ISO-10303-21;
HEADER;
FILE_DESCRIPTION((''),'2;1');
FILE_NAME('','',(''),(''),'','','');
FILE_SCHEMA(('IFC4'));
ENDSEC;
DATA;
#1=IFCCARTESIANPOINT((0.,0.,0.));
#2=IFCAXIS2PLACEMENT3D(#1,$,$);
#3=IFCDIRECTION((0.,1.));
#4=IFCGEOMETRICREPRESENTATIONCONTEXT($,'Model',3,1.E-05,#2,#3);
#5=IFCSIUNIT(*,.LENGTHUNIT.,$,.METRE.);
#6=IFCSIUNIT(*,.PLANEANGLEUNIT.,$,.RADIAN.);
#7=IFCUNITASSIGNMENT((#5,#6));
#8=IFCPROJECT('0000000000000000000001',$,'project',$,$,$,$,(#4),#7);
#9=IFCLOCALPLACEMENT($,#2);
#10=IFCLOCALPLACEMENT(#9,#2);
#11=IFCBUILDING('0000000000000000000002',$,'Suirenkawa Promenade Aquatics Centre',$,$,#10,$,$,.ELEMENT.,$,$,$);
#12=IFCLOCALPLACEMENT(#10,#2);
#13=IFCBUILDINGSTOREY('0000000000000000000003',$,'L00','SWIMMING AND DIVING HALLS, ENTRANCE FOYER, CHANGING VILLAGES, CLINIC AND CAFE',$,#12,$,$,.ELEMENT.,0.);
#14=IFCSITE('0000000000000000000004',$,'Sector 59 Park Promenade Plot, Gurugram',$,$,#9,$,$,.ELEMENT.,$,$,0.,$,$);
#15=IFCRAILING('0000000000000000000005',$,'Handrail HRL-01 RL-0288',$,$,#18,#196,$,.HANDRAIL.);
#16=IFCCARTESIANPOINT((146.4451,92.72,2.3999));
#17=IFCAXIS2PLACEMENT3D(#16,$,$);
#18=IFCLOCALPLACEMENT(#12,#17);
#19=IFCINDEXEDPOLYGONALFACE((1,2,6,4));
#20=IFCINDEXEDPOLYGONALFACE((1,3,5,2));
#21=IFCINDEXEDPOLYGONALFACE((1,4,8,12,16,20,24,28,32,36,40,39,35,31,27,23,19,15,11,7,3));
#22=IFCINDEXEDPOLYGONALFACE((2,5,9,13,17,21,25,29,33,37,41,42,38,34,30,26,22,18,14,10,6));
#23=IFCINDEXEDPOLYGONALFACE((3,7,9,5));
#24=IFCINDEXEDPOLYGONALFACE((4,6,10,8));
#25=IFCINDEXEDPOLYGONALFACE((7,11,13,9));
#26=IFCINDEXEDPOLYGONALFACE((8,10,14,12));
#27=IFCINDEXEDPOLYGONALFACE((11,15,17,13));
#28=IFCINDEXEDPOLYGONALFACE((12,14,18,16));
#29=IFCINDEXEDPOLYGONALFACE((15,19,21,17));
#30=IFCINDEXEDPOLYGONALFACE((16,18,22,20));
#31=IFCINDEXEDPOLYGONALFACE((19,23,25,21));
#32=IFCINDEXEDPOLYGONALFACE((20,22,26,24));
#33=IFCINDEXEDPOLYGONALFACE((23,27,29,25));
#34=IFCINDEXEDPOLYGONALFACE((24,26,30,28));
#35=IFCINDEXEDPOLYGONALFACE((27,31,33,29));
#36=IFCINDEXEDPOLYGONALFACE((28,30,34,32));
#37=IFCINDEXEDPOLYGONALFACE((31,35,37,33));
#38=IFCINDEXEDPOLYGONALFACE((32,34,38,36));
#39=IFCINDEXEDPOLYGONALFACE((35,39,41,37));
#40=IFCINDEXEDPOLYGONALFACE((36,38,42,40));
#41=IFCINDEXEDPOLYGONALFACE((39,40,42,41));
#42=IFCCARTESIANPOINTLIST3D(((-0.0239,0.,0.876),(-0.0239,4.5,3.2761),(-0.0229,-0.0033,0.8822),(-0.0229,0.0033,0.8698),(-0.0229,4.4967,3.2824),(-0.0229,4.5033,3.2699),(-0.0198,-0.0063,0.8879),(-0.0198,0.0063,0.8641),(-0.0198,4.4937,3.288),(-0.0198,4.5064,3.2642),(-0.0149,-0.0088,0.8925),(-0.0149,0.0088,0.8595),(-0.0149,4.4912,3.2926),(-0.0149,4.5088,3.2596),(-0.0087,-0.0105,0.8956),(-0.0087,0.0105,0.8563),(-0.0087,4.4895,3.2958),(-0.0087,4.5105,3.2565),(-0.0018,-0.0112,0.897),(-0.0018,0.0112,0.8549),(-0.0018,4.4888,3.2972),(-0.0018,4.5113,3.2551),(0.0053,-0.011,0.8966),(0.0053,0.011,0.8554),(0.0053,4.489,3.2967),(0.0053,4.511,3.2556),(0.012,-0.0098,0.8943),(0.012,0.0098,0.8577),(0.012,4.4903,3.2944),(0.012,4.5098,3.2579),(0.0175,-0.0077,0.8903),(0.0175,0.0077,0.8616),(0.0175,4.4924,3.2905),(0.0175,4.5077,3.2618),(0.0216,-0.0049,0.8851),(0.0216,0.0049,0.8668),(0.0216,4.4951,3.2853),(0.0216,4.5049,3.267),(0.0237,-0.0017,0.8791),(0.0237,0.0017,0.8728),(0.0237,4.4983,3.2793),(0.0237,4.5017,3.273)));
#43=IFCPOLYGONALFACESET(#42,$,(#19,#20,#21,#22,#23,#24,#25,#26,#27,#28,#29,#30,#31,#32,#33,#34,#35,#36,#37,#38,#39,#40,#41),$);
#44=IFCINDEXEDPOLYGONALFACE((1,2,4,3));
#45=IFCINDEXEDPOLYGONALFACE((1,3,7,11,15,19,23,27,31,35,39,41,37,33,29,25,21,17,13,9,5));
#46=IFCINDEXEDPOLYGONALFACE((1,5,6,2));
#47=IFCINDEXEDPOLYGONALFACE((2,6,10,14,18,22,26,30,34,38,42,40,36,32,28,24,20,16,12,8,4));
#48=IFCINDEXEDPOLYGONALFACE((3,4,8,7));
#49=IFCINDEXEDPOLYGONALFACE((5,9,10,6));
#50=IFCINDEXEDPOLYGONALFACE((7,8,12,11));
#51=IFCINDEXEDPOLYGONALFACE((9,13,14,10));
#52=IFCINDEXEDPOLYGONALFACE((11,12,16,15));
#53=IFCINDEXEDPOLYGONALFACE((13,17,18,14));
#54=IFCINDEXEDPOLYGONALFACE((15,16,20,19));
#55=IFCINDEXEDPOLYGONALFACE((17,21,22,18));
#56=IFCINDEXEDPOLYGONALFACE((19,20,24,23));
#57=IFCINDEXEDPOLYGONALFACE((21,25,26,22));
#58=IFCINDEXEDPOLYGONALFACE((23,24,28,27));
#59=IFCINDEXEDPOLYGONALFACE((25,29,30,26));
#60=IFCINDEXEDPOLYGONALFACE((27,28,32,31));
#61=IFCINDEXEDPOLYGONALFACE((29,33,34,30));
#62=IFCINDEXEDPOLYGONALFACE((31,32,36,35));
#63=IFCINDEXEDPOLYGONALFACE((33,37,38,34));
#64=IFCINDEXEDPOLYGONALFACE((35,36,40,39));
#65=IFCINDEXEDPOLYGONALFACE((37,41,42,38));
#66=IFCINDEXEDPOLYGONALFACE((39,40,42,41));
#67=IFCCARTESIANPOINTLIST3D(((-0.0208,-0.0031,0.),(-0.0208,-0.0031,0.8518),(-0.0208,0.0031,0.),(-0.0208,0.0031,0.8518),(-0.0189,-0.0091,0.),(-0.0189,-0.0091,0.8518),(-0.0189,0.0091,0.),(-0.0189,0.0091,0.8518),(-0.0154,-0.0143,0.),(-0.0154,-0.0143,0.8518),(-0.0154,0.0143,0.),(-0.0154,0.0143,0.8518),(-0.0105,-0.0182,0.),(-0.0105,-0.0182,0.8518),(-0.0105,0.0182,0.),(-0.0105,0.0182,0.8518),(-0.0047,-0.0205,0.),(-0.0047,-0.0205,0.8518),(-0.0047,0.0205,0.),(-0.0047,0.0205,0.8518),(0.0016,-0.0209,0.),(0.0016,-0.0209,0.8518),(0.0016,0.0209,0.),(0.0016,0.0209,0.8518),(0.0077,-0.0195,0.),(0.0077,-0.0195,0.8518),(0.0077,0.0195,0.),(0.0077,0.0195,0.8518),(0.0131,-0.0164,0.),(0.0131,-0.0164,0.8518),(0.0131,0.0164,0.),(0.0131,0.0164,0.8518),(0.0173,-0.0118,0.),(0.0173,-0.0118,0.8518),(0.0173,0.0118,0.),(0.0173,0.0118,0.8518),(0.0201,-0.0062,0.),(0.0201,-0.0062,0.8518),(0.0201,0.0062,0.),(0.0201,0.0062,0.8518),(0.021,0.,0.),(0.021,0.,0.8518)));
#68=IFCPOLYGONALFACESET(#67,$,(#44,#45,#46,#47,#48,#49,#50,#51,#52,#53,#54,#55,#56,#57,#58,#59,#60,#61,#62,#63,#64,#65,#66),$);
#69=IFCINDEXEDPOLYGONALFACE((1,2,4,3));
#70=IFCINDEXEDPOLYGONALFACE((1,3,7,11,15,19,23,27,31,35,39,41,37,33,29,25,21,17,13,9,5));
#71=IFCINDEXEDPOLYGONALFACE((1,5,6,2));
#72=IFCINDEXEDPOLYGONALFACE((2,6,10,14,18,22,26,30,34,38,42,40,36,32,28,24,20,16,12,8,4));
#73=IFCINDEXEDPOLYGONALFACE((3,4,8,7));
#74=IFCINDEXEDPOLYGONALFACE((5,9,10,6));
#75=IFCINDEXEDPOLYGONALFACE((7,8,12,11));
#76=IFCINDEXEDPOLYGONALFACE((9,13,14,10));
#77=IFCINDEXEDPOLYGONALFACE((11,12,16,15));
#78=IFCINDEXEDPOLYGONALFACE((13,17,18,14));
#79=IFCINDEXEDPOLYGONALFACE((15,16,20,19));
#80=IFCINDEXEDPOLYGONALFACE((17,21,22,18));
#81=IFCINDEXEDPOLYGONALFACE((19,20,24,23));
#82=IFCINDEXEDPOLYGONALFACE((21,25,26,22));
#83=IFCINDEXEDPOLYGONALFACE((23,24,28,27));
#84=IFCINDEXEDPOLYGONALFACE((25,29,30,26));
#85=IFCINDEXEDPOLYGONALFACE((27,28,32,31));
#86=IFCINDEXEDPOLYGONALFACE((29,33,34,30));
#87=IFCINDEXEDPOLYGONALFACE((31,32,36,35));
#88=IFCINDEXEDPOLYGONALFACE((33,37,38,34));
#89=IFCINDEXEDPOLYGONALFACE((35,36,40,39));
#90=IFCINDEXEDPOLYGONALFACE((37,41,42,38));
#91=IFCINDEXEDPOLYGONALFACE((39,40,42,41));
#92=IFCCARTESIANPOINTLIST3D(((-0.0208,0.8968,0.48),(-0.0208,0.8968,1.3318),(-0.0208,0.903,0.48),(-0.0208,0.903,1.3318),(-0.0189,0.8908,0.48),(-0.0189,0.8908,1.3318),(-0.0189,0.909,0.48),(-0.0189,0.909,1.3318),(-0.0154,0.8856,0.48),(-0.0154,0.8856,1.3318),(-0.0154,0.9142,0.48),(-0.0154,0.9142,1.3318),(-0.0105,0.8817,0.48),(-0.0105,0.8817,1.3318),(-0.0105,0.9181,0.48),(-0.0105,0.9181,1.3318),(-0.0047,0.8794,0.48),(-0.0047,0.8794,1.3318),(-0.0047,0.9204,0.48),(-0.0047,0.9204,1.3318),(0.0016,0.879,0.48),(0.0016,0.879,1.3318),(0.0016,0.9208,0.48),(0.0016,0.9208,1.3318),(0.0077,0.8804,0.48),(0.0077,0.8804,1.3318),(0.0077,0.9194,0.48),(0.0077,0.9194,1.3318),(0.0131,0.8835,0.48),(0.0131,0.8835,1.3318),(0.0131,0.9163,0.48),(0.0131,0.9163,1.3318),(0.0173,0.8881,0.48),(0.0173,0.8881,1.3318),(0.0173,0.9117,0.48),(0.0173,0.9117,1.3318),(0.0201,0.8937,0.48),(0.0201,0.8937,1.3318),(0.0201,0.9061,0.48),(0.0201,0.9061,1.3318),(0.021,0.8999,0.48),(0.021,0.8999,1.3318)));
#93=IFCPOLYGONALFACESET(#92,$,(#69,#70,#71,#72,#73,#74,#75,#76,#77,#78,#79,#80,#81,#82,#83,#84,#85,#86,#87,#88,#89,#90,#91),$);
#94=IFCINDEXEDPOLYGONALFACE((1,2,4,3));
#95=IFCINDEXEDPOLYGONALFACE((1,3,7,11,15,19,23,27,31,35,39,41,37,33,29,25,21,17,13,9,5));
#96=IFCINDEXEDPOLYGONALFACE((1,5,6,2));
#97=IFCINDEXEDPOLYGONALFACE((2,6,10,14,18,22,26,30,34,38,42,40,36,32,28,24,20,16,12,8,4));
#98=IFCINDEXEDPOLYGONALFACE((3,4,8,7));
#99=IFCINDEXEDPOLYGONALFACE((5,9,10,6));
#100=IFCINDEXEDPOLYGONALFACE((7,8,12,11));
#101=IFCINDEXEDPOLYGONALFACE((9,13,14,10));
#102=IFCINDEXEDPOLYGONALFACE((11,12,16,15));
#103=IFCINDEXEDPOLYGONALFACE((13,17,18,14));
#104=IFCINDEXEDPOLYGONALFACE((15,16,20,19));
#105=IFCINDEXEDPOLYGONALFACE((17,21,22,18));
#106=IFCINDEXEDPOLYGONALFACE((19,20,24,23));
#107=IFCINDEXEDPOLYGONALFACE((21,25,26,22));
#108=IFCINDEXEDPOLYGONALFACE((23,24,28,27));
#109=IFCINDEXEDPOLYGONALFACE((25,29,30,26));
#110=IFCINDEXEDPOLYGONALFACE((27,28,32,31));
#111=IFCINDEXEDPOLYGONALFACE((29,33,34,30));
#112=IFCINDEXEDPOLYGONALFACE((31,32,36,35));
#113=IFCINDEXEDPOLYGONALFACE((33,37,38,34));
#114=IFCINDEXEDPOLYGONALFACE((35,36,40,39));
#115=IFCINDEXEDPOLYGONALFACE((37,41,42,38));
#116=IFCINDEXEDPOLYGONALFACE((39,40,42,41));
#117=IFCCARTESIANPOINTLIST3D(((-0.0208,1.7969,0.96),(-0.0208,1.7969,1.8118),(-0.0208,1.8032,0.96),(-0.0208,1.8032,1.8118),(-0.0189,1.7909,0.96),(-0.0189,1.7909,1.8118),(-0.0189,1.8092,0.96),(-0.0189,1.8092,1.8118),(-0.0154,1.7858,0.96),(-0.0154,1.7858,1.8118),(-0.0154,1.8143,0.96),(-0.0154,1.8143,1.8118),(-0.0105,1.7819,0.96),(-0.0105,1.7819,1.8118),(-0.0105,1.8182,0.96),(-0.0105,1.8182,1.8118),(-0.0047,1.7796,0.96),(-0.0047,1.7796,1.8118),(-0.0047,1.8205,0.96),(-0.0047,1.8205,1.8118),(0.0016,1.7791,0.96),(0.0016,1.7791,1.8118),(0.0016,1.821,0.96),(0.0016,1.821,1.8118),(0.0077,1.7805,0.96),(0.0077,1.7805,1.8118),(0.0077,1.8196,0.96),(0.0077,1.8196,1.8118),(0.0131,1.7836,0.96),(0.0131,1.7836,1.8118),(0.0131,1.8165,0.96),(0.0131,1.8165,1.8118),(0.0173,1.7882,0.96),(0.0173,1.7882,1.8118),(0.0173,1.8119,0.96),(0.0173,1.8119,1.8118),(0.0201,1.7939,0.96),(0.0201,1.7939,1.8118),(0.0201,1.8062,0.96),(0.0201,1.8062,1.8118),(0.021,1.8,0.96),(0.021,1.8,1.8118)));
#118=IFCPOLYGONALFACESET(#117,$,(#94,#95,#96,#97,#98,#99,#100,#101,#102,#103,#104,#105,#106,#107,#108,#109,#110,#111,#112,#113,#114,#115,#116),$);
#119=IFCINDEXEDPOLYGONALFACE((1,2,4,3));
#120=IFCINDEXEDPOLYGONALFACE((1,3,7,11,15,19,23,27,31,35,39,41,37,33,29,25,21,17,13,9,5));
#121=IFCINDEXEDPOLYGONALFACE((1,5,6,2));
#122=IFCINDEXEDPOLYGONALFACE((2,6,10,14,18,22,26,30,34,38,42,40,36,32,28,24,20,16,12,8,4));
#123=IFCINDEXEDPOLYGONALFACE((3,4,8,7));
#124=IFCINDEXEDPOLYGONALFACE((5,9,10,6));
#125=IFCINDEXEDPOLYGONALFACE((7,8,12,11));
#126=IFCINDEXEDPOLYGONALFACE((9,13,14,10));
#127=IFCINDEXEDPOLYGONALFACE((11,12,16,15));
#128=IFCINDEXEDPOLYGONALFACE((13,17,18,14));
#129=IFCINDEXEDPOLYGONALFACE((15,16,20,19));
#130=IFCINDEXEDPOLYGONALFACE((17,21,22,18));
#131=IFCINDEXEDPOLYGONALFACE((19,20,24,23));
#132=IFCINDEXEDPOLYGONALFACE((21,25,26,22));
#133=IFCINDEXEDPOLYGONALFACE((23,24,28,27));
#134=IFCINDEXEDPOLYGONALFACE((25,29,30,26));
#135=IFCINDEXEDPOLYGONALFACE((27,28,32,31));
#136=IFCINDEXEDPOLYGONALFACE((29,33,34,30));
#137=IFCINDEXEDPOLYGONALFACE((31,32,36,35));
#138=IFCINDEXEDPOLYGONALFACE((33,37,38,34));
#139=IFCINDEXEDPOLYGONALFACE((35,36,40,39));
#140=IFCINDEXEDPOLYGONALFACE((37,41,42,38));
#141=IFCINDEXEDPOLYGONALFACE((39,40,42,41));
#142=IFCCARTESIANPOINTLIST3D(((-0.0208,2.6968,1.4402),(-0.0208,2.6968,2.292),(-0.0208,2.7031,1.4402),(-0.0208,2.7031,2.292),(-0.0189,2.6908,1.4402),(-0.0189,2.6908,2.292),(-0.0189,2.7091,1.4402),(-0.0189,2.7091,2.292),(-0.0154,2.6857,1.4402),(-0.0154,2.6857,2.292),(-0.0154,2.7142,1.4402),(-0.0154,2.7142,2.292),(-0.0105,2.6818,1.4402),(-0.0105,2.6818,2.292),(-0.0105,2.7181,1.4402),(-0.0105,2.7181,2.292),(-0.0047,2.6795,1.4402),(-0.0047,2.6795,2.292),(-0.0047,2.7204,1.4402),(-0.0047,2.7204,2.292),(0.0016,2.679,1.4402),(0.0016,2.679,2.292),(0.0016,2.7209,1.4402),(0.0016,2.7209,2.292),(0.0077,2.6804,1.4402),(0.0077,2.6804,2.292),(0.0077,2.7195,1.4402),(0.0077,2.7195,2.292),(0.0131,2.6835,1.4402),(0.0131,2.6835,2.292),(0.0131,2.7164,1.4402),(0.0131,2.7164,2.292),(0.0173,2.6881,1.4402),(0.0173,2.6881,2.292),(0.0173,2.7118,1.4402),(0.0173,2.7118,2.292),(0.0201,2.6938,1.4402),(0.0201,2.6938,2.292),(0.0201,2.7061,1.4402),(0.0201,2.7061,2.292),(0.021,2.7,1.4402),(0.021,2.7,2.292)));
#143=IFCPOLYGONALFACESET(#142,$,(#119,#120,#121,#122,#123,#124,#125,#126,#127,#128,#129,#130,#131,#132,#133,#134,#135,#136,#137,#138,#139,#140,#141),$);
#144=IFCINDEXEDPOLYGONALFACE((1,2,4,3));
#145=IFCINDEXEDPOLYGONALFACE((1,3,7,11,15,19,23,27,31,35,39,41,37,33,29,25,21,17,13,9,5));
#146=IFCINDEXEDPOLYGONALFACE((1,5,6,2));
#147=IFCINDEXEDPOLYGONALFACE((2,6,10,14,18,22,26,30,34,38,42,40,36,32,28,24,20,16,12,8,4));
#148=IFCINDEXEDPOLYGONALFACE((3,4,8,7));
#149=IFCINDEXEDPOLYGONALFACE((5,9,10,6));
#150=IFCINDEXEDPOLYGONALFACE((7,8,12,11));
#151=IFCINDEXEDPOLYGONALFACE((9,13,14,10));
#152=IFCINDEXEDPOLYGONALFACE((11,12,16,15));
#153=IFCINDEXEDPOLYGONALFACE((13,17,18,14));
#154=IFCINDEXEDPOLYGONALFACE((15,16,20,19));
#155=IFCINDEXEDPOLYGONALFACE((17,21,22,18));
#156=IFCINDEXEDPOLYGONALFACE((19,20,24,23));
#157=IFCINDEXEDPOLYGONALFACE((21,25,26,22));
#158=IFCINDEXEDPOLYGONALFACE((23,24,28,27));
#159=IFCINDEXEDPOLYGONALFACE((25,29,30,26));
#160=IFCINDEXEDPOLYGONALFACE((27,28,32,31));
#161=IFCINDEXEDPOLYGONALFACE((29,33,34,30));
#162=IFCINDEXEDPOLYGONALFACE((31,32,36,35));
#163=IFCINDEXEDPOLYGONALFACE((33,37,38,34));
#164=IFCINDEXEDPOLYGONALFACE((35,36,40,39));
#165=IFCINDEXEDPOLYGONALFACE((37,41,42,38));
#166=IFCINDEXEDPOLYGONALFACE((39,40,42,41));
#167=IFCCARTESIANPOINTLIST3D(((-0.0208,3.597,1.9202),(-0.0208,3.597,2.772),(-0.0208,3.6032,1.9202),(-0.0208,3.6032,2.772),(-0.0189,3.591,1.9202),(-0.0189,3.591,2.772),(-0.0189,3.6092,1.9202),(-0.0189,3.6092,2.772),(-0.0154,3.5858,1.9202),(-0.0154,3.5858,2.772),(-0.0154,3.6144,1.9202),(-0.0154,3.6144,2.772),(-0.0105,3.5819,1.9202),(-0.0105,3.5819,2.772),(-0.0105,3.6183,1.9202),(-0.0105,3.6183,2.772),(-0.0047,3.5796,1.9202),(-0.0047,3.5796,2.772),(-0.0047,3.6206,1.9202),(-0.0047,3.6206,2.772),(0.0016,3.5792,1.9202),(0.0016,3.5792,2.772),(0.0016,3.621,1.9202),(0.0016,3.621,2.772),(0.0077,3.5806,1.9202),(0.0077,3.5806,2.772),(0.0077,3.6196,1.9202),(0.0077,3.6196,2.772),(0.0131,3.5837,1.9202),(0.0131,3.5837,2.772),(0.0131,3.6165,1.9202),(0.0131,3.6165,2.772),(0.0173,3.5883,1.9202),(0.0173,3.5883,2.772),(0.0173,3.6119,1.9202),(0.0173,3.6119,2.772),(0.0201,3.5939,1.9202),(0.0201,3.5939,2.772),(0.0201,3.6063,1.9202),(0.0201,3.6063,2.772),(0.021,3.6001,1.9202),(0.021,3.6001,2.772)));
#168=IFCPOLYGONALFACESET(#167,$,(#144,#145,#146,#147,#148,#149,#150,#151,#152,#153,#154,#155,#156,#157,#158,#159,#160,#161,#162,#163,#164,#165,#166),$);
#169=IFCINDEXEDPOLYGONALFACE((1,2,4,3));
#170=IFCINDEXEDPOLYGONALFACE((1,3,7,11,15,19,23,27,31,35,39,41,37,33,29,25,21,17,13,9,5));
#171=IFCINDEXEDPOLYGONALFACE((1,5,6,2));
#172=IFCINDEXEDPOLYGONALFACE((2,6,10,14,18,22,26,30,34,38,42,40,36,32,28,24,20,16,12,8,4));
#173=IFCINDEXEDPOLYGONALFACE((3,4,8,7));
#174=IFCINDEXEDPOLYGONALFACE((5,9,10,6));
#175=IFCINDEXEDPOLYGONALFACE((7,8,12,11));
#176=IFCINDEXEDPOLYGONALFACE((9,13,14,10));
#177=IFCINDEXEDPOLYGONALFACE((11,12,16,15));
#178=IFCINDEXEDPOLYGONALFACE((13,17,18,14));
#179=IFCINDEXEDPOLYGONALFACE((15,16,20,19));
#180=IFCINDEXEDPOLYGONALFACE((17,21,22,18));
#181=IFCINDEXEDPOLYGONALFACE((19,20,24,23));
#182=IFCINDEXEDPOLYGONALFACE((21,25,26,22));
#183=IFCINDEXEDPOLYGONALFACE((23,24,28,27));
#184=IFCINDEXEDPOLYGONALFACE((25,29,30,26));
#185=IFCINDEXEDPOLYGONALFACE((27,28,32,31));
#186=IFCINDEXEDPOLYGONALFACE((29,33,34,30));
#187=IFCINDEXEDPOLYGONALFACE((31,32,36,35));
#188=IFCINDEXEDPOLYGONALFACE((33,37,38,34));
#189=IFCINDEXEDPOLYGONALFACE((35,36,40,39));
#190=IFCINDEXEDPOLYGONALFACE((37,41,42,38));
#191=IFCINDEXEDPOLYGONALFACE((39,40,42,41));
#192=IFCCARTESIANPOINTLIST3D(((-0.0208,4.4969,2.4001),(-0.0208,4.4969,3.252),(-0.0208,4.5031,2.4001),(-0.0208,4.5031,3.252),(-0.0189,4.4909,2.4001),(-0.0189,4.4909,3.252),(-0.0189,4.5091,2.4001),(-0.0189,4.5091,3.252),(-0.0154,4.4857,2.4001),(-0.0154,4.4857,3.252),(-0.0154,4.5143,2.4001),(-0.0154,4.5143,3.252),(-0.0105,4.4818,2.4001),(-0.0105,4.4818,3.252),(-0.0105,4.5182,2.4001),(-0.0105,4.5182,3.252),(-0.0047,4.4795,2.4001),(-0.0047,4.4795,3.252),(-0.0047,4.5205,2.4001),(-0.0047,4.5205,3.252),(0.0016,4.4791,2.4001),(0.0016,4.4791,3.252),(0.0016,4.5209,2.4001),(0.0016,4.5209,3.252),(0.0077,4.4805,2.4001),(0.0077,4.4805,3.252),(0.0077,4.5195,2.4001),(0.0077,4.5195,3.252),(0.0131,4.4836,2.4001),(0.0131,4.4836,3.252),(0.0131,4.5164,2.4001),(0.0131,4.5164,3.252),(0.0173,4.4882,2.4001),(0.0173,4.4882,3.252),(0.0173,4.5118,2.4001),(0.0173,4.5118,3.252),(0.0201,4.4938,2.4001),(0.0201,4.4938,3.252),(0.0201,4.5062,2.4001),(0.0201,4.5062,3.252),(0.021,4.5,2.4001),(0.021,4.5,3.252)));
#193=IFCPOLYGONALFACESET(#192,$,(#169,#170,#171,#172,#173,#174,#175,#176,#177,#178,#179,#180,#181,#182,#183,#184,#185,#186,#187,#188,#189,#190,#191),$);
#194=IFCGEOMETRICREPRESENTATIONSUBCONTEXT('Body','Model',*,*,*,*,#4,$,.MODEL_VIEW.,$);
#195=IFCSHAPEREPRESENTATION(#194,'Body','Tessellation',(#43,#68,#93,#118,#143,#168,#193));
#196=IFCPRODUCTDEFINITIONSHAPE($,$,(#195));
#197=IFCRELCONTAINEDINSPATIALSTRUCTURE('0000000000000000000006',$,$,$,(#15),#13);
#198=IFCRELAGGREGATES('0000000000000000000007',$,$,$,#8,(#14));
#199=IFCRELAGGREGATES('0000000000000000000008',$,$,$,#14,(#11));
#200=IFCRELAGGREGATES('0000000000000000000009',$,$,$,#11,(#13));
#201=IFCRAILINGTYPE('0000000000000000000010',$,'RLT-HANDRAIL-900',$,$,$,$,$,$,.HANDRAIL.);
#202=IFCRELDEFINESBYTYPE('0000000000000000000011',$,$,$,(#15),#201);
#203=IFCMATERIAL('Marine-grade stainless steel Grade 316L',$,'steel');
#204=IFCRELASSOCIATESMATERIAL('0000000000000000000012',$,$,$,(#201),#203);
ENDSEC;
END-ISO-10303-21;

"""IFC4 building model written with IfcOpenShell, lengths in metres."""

from ifc_helpers import new_model, si_unit, direction, frame, origin, origin_2d, place, context, subcontext, project, spatial, circle, extrude, material, type_object, element, save


model = new_model("IFC4")

# Units and contexts
model_context = context("Model", 3, precision=1e-05, world=origin(), true_north=direction((0.0, 1.0)))
body_context = subcontext(model_context, "Body", "Model", "MODEL_VIEW")
ifc_project = project(units=[si_unit("LENGTHUNIT", "METRE"), si_unit("PLANEANGLEUNIT", "RADIAN")], contexts=[model_context])

# Site, building, storey
site_placement = place(None, origin())
site = spatial("IfcSite", under=ifc_project, at=site_placement, Name="Sector 59 Park Promenade Plot, Gurugram", CompositionType="ELEMENT", RefElevation=0.0)
building_placement = place(site_placement, origin())
building = spatial("IfcBuilding", under=site, at=building_placement, Name="Suirenkawa Promenade Aquatics Centre", CompositionType="ELEMENT")
storey_placement = place(building_placement, origin())
storey = spatial("IfcBuildingStorey", under=building, at=storey_placement, Name="L00", Description="SWIMMING AND DIVING HALLS, ENTRANCE FOYER, CHANGING VILLAGES, CLINIC AND CAFE", CompositionType="ELEMENT", Elevation=0.0)

# Railing
ifc_material_1 = material(Name="Marine-grade stainless steel Grade 316L", Category="steel")
railing_type_1 = type_object("IfcRailingType", Name="RLT-HANDRAIL-900", PredefinedType="HANDRAIL", material=ifc_material_1)
for number, where, name in (
    (1, (146.4451, 92.72, 2.3999), "Handrail HRL-01 RL-0288"),
):
    element("IfcRailing", number, at=place(storey_placement, frame(where)), inside=storey, type_object=railing_type_1, Name=name, PredefinedType="HANDRAIL", context=body_context, shape_type="SweptSolid", body=[
        extrude(circle(Radius=0.0239, at=origin_2d()), frame((0.0, 0.0, 0.876), z_axis=(0.0, 0.882341, 0.470611), x_axis=(-1.0, 0.0, 0.0)), (0.0, 0.0, 1.0), 5.1001),
        extrude(circle(Radius=0.021, at=origin_2d()), origin(), (0.0, 0.0, 1.0), 0.8518),
        extrude(circle(Radius=0.021, at=origin_2d()), frame((0.0, 0.8999, 0.48)), (0.0, 0.0, 1.0), 0.8518),
        extrude(circle(Radius=0.021, at=origin_2d()), frame((0.0, 1.8, 0.96)), (0.0, 0.0, 1.0), 0.8518),
        extrude(circle(Radius=0.021, at=origin_2d()), frame((0.0, 2.7, 1.4402)), (0.0, 0.0, 1.0), 0.8518),
        extrude(circle(Radius=0.021, at=origin_2d()), frame((0.0, 3.6001, 1.9202)), (0.0, 0.0, 1.0), 0.8518),
        extrude(circle(Radius=0.021, at=origin_2d()), frame((0.0, 4.5, 2.4001)), (0.0, 0.0, 1.0), 0.8518),
    ])

save(model, "model.ifc")
